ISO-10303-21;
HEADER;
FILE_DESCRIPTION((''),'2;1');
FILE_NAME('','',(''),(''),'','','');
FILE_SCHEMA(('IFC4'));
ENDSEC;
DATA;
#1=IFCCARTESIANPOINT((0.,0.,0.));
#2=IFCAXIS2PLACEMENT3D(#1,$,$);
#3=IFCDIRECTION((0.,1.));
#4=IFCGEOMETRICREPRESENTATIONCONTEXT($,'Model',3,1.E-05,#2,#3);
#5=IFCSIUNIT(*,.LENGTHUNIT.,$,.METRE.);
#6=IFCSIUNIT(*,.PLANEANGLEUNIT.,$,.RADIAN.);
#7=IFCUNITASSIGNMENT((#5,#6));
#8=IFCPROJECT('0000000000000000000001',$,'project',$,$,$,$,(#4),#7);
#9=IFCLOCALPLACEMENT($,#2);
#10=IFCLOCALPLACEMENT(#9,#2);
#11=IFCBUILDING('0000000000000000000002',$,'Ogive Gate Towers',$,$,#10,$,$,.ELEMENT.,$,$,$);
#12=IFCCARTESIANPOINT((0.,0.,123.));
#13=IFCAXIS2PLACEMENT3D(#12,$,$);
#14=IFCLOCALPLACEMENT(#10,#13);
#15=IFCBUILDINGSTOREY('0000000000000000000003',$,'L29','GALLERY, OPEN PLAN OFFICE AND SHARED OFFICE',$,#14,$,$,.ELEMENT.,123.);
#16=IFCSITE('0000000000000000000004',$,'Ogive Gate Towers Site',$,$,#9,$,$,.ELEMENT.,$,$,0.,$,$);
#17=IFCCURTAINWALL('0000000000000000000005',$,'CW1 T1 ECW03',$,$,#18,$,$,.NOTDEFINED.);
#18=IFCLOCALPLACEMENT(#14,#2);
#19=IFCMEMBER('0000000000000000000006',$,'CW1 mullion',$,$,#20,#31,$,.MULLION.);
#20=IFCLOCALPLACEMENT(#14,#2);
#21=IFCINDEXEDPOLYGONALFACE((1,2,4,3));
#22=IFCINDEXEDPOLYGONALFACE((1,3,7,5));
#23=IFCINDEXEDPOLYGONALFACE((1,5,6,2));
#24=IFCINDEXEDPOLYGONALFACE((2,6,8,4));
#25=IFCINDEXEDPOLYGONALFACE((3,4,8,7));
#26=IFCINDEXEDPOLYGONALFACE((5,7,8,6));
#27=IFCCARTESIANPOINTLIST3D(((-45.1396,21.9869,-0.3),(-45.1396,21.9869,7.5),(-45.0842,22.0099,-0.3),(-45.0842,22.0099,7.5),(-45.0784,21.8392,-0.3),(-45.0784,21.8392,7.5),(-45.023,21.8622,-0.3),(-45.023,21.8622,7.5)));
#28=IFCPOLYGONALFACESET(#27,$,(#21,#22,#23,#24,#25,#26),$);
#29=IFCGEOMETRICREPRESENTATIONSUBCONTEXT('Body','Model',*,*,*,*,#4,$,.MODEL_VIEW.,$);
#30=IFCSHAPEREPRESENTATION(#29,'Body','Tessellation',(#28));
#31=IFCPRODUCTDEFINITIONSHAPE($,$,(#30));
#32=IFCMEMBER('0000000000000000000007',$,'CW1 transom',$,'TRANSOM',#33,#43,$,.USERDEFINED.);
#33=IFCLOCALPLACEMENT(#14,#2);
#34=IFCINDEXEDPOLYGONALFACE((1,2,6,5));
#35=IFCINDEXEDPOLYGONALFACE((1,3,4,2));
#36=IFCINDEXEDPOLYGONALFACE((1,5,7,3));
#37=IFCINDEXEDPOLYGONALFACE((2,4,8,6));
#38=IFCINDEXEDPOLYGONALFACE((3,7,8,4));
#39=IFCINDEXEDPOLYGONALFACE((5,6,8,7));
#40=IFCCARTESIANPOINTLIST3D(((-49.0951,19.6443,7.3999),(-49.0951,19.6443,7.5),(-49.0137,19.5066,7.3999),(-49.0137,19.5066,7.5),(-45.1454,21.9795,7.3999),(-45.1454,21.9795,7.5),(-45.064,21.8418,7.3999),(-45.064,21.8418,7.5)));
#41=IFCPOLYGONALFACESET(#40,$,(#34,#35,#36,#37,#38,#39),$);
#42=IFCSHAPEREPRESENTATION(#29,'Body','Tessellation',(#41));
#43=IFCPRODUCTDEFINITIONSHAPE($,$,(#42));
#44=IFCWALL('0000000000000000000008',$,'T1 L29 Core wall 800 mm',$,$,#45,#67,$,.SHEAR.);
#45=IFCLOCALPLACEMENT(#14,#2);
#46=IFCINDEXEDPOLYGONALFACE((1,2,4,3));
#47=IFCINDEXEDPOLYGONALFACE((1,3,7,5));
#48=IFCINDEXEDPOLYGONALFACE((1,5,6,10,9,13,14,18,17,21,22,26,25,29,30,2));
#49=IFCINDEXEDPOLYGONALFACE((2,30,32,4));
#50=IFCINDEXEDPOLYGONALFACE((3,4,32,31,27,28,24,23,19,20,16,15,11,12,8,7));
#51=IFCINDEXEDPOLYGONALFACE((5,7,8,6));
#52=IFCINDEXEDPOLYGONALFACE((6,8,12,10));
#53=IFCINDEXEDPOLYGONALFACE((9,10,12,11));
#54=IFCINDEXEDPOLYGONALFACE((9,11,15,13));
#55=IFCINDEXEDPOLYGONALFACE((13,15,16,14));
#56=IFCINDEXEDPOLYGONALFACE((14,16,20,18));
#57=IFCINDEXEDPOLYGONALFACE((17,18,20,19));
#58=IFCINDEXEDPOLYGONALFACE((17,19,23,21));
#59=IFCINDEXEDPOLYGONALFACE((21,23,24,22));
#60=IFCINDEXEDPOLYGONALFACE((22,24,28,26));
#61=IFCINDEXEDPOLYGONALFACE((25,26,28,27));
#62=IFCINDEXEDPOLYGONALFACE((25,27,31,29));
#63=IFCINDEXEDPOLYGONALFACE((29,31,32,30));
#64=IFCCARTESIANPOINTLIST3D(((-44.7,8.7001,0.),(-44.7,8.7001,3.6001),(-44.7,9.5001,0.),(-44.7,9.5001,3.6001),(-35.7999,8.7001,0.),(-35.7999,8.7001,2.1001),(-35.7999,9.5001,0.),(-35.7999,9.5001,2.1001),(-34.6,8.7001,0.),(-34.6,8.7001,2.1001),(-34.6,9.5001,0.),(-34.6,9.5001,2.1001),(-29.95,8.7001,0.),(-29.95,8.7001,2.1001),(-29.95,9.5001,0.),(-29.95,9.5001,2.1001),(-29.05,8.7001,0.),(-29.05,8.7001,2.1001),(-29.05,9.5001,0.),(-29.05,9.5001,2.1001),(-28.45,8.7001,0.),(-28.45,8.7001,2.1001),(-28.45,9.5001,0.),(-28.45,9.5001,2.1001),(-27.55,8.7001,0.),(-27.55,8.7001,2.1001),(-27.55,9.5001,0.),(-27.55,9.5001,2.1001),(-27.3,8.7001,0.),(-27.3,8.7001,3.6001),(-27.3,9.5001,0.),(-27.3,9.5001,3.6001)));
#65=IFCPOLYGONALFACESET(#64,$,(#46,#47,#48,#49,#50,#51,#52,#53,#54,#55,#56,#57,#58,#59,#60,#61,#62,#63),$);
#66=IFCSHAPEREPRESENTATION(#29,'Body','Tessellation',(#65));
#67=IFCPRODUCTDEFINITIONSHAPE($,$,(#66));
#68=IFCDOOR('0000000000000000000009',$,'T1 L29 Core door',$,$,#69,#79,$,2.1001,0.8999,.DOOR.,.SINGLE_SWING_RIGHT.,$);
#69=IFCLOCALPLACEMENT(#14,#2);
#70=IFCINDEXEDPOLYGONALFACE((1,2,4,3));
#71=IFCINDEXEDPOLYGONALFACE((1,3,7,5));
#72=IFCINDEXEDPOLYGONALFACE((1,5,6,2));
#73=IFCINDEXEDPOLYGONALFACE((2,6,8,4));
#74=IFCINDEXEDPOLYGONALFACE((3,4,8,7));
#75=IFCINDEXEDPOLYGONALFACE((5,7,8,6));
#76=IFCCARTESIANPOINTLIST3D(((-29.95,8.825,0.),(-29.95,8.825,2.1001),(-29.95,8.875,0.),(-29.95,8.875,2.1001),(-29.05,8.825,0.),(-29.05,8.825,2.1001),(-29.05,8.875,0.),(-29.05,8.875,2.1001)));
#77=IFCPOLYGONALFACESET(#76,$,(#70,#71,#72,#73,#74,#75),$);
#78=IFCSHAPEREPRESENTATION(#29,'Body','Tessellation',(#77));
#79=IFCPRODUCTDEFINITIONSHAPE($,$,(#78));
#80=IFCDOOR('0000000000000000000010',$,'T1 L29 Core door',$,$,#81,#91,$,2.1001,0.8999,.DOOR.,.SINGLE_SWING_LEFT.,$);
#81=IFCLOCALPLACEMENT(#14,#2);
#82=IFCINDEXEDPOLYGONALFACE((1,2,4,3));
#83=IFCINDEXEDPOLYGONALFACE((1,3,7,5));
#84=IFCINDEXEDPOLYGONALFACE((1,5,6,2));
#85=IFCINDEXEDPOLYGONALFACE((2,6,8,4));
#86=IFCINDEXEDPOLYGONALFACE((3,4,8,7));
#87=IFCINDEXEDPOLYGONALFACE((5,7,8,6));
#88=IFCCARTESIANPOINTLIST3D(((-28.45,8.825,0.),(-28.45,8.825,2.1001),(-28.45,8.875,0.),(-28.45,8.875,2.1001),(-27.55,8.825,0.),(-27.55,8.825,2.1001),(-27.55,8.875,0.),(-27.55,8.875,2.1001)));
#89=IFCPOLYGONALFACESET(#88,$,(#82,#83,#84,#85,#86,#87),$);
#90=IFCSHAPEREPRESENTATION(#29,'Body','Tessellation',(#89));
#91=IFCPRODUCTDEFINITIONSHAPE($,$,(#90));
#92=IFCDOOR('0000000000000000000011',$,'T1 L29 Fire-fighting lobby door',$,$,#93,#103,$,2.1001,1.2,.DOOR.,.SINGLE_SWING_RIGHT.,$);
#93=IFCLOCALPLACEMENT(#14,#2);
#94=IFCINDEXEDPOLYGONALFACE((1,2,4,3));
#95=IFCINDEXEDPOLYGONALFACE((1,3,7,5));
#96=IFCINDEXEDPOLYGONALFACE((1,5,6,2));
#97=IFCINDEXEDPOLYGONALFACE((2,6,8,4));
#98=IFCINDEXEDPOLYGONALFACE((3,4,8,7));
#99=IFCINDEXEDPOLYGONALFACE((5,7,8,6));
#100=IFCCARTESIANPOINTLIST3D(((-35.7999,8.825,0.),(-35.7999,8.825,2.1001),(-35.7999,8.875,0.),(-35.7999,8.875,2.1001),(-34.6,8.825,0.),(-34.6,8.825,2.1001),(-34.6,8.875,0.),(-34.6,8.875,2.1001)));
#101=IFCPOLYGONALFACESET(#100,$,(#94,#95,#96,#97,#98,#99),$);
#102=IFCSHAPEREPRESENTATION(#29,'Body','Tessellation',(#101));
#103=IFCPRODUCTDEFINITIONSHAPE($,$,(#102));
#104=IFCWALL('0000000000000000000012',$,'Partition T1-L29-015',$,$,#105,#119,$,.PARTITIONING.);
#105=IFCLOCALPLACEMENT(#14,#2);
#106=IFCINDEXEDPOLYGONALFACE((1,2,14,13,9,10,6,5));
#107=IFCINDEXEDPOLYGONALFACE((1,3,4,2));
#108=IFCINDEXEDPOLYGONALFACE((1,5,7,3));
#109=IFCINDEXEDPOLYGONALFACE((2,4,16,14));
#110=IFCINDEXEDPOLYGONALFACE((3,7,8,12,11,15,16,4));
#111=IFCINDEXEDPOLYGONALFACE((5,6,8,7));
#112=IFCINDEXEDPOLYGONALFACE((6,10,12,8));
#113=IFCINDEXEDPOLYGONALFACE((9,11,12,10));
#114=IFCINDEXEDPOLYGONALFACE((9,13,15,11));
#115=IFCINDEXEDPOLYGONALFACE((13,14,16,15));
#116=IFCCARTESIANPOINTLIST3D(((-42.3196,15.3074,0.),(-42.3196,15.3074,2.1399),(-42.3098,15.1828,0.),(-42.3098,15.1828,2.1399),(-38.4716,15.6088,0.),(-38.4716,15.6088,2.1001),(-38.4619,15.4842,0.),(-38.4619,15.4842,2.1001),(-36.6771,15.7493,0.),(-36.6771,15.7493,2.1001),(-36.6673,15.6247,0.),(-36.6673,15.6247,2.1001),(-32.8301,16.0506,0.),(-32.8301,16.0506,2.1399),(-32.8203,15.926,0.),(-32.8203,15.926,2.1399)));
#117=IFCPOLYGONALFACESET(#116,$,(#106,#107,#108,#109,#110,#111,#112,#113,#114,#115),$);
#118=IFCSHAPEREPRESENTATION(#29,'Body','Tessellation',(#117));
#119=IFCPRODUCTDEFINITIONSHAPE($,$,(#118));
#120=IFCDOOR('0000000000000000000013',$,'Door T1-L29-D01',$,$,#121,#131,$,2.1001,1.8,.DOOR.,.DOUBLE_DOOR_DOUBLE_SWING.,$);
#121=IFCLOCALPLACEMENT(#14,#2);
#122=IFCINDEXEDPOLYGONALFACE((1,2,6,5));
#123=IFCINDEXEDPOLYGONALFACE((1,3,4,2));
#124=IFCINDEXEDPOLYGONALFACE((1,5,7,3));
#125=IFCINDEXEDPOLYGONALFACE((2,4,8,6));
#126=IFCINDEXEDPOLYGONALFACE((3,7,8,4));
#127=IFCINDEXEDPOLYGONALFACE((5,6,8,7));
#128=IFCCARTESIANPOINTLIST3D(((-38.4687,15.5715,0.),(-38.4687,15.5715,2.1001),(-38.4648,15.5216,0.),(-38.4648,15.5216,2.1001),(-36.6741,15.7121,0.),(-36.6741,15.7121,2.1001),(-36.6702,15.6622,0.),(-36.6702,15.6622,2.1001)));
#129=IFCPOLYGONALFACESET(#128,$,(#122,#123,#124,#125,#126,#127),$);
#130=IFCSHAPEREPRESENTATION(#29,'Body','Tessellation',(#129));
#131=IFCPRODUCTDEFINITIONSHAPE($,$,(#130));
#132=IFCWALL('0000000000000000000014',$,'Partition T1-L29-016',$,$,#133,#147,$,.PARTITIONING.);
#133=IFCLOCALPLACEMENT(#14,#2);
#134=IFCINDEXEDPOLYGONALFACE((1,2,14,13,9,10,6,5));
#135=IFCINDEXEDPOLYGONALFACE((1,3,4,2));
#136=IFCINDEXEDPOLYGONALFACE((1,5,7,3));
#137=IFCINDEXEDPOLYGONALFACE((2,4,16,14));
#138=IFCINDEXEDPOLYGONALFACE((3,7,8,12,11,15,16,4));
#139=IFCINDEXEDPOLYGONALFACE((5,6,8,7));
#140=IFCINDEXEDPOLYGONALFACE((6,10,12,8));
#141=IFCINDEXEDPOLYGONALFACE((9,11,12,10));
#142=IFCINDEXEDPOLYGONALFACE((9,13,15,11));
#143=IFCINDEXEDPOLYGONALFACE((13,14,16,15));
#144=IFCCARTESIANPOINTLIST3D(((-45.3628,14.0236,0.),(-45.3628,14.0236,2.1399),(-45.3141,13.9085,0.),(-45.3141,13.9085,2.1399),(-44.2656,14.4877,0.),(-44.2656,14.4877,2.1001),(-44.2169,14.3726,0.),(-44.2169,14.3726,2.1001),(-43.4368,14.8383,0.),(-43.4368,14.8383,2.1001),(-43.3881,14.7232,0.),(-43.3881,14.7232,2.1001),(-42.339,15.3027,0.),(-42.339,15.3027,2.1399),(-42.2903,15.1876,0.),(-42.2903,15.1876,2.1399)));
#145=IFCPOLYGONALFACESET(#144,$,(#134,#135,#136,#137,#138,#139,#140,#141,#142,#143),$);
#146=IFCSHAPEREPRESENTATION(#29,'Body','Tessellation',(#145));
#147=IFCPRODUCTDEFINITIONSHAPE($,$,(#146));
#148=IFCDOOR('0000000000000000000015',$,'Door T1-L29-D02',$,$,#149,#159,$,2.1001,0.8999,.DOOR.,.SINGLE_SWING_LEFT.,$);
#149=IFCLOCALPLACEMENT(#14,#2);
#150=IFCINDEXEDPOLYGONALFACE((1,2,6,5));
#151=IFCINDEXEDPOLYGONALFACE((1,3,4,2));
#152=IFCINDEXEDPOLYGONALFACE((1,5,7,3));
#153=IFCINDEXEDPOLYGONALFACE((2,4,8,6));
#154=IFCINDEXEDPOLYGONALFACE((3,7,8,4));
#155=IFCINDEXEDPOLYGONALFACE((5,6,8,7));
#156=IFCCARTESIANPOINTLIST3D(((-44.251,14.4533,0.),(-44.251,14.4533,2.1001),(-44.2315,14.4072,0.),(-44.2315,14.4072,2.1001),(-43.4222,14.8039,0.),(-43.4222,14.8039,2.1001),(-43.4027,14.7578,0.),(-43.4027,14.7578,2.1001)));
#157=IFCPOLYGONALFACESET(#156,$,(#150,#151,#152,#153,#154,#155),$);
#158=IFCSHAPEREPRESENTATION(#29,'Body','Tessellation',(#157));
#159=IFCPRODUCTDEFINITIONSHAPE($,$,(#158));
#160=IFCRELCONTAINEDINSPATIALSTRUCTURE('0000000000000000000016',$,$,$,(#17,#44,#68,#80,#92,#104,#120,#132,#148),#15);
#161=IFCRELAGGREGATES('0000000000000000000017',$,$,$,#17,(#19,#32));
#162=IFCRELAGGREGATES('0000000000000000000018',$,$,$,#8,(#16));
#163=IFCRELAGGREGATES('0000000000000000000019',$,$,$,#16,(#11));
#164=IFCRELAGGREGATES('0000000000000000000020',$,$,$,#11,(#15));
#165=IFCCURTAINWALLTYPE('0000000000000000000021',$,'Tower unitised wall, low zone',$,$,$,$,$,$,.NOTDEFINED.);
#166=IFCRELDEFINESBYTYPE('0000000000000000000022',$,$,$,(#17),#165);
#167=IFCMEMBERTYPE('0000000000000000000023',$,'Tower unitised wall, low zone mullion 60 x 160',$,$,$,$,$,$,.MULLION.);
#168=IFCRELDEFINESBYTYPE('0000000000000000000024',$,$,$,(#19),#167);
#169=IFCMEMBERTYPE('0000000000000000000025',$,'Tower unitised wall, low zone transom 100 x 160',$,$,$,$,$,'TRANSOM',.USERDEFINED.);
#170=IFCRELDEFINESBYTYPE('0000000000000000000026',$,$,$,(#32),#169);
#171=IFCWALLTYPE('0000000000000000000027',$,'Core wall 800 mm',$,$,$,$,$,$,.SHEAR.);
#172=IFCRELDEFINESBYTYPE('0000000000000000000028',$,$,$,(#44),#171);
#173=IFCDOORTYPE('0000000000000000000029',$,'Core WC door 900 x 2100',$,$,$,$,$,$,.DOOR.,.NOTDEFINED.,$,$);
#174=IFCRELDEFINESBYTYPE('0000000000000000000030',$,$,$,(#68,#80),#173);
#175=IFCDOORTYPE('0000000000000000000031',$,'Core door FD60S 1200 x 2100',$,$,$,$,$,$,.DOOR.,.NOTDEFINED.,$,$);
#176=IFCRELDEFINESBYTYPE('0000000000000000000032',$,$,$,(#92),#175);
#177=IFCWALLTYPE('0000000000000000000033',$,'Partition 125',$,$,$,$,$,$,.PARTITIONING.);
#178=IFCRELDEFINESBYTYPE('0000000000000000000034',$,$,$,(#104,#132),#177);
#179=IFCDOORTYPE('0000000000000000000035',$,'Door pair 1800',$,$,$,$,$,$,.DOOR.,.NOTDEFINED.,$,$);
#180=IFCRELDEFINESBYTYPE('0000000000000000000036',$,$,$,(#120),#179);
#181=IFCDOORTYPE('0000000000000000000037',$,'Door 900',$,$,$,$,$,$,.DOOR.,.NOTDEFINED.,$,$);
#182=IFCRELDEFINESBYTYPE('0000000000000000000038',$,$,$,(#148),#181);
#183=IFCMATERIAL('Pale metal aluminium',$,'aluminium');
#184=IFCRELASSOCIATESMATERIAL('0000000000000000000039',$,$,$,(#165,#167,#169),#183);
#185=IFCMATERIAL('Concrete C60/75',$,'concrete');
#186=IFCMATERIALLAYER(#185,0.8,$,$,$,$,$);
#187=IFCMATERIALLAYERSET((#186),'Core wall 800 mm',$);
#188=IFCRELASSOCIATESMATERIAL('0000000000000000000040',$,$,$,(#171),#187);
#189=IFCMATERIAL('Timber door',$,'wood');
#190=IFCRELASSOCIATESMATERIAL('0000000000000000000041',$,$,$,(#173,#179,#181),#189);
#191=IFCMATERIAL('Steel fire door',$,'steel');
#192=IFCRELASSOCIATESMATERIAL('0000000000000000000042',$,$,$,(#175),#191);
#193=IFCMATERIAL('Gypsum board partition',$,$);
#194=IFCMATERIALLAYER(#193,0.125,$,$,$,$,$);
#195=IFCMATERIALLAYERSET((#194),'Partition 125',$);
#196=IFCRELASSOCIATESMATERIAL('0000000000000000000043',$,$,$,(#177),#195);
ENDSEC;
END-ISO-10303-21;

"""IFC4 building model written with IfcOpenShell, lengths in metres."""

from ifc_helpers import new_model, si_unit, direction, frame, frame_2d, origin, origin_2d, place, context, subcontext, project, spatial, rectangle, extrude, material, layer, layer_set, material_profile, profile_set, type_object, element, fill, aggregate, save


model = new_model("IFC4")

# Units and contexts
model_context = context("Model", 3, precision=1e-05, world=origin(), true_north=direction((0.0, 1.0)))
body_context = subcontext(model_context, "Body", "Model", "MODEL_VIEW")
ifc_project = project(units=[si_unit("LENGTHUNIT", "METRE"), si_unit("PLANEANGLEUNIT", "RADIAN")], contexts=[model_context])

# Site, building, storey
site_placement = place(None, origin())
site = spatial("IfcSite", under=ifc_project, at=site_placement, Name="Ogive Gate Towers Site", CompositionType="ELEMENT", RefElevation=0.0)
building_placement = place(site_placement, origin())
building = spatial("IfcBuilding", under=site, at=building_placement, Name="Ogive Gate Towers", CompositionType="ELEMENT")
storey_placement = place(building_placement, frame((0.0, 0.0, 123.0)))
storey = spatial("IfcBuildingStorey", under=building, at=storey_placement, Name="L29", Description="GALLERY, OPEN PLAN OFFICE AND SHARED OFFICE", CompositionType="ELEMENT", Elevation=123.0)

# Curtain wall, members
ifc_material_1 = material(Name="Pale metal aluminium", Category="aluminium")
curtain_wall_type = type_object("IfcCurtainWallType", Name="Tower unitised wall, low zone", PredefinedType="NOTDEFINED", material=ifc_material_1)
curtain_wall_placement = place(storey_placement, origin())
curtain_wall = element("IfcCurtainWall", 1, at=curtain_wall_placement, inside=storey, type_object=curtain_wall_type, Name="CW1 T1 ECW03", PredefinedType="NOTDEFINED")
ifc_material_profile_1 = material_profile(ifc_material_1, rectangle(XDim=0.1599, YDim=0.0601, at=origin_2d()), Name="60 x 160 aluminium box")
ifc_profile_set_1 = profile_set([ifc_material_profile_1], Name="Pale metal aluminium")
member_type_1 = type_object("IfcMemberType", Name="Tower unitised wall, low zone mullion 60 x 160", PredefinedType="MULLION", material=ifc_profile_set_1)
member_1_placement = place(storey_placement, frame((-45.0813, 21.9246, -0.3), z_axis=(0.0, 0.0, 1.0), x_axis=(-0.382683, 0.92388, 0.0)))
member_1 = element("IfcMember", 2, at=member_1_placement, type_object=member_type_1, Name="CW1 mullion", PredefinedType="MULLION", context=body_context, shape_type="SweptSolid", body=[
    extrude(rectangle(XDim=0.1599, YDim=0.0601, at=origin_2d()), origin(), (0.0, 0.0, 1.0), 7.8),
])
ifc_material_profile_2 = material_profile(ifc_material_1, rectangle(XDim=0.1599, YDim=0.1001, at=origin_2d()), Name="100 x 160 aluminium box")
ifc_profile_set_2 = profile_set([ifc_material_profile_2], Name="Pale metal aluminium")
member_type_2 = type_object("IfcMemberType", Name="Tower unitised wall, low zone transom 100 x 160", ElementType="TRANSOM", PredefinedType="USERDEFINED", material=ifc_profile_set_2)
member_2_placement = place(storey_placement, frame((-45.1047, 21.9106, 7.45), z_axis=(-0.860804, -0.508937, 0.0), x_axis=(0.508937, -0.860804, 0.0)))
member_2 = element("IfcMember", 3, at=member_2_placement, type_object=member_type_2, Name="CW1 transom", ObjectType="TRANSOM", PredefinedType="USERDEFINED", context=body_context, shape_type="SweptSolid", body=[
    extrude(rectangle(XDim=0.1599, YDim=0.1001, at=origin_2d()), origin(), (0.0, 0.0, 1.0), 4.5884),
])
aggregate(curtain_wall, [member_1, member_2])

# Wall, openings, doors
ifc_material_2 = material(Name="Concrete C60/75", Category="concrete")
ifc_layer_1 = layer(ifc_material_2, 0.8)
ifc_layer_set_1 = layer_set([ifc_layer_1], Name="Core wall 800 mm")
wall_type_1 = type_object("IfcWallType", Name="Core wall 800 mm", PredefinedType="SHEAR", material=ifc_layer_set_1)
wall_1_placement = place(storey_placement, frame((-44.7, 9.1001, 0.0), z_axis=(0.0, 0.0, 1.0), x_axis=(1.0, 0.0, 0.0)))
wall_1 = element("IfcWall", 4, at=wall_1_placement, inside=storey, type_object=wall_type_1, Name="T1 L29 Core wall 800 mm", PredefinedType="SHEAR", context=body_context, shape_type="SweptSolid", body=[
    extrude(rectangle(XDim=17.3999, YDim=0.8, at=frame_2d((8.7, 0.0))), origin(), (0.0, 0.0, 1.0), 3.6001),
])
opening_1_placement = place(wall_1_placement, frame((8.8999, 0.0, 0.0)))
opening_1 = element("IfcOpeningElement", 5, at=opening_1_placement, cuts=wall_1, PredefinedType="OPENING", context=body_context, shape_type="SweptSolid", body=[
    extrude(rectangle(XDim=1.2, YDim=2.1001, at=frame_2d((0.6001, 1.05))), frame((0.0, 0.4102, 0.0), z_axis=(0.0, -1.0, 0.0), x_axis=(1.0, 0.0, 0.0)), (0.0, 0.0, 1.0), 0.8201),
])
opening_2_placement = place(wall_1_placement, frame((14.75, 0.0, 0.0)))
opening_2 = element("IfcOpeningElement", 6, at=opening_2_placement, cuts=wall_1, PredefinedType="OPENING", context=body_context, shape_type="SweptSolid", body=[
    extrude(rectangle(XDim=0.8999, YDim=2.1001, at=frame_2d((0.45, 1.05))), frame((0.0, 0.4102, 0.0), z_axis=(0.0, -1.0, 0.0), x_axis=(1.0, 0.0, 0.0)), (0.0, 0.0, 1.0), 0.8201),
])
opening_3_placement = place(wall_1_placement, frame((16.25, 0.0, 0.0)))
opening_3 = element("IfcOpeningElement", 7, at=opening_3_placement, cuts=wall_1, PredefinedType="OPENING", context=body_context, shape_type="SweptSolid", body=[
    extrude(rectangle(XDim=0.8999, YDim=2.1001, at=frame_2d((0.45, 1.05))), frame((0.0, 0.4102, 0.0), z_axis=(0.0, -1.0, 0.0), x_axis=(1.0, 0.0, 0.0)), (0.0, 0.0, 1.0), 0.8201),
])
ifc_material_3 = material(Name="Timber door", Category="wood")
door_type_1 = type_object("IfcDoorType", Name="Core WC door 900 x 2100", OperationType="NOTDEFINED", PredefinedType="DOOR", material=ifc_material_3)
door_1_placement = place(opening_2_placement, origin())
door_1 = element("IfcDoor", 8, at=door_1_placement, inside=storey, type_object=door_type_1, Name="T1 L29 Core door", OperationType="SINGLE_SWING_RIGHT", OverallHeight=2.1001, OverallWidth=0.8999, PredefinedType="DOOR", context=body_context, shape_type="SweptSolid", body=[
    extrude(rectangle(XDim=0.8999, YDim=2.1001, at=frame_2d((0.45, 1.05))), frame((0.0, -0.2251, 0.0), z_axis=(0.0, -1.0, 0.0), x_axis=(1.0, 0.0, 0.0)), (0.0, 0.0, 1.0), 0.05),
])
fill(opening_2, door_1)
door_2_placement = place(opening_3_placement, origin())
door_2 = element("IfcDoor", 9, at=door_2_placement, inside=storey, type_object=door_type_1, Name="T1 L29 Core door", OperationType="SINGLE_SWING_LEFT", OverallHeight=2.1001, OverallWidth=0.8999, PredefinedType="DOOR", context=body_context, shape_type="SweptSolid", body=[
    extrude(rectangle(XDim=0.8999, YDim=2.1001, at=frame_2d((0.45, 1.05))), frame((0.0, -0.2251, 0.0), z_axis=(0.0, -1.0, 0.0), x_axis=(1.0, 0.0, 0.0)), (0.0, 0.0, 1.0), 0.05),
])
fill(opening_3, door_2)
ifc_material_4 = material(Name="Steel fire door", Category="steel")
door_type_2 = type_object("IfcDoorType", Name="Core door FD60S 1200 x 2100", OperationType="NOTDEFINED", PredefinedType="DOOR", material=ifc_material_4)
door_3_placement = place(opening_1_placement, origin())
door_3 = element("IfcDoor", 10, at=door_3_placement, inside=storey, type_object=door_type_2, Name="T1 L29 Fire-fighting lobby door", OperationType="SINGLE_SWING_RIGHT", OverallHeight=2.1001, OverallWidth=1.2, PredefinedType="DOOR", context=body_context, shape_type="SweptSolid", body=[
    extrude(rectangle(XDim=1.2, YDim=2.1001, at=frame_2d((0.6001, 1.05))), frame((0.0, -0.2251, 0.0), z_axis=(0.0, -1.0, 0.0), x_axis=(1.0, 0.0, 0.0)), (0.0, 0.0, 1.0), 0.05),
])
fill(opening_1, door_3)

# Walls, openings, doors
ifc_material_5 = material(Name="Gypsum board partition")
ifc_layer_2 = layer(ifc_material_5, 0.125)
ifc_layer_set_2 = layer_set([ifc_layer_2], Name="Partition 125")
wall_type_2 = type_object("IfcWallType", Name="Partition 125", PredefinedType="PARTITIONING", material=ifc_layer_set_2)
wall_2_placement = place(storey_placement, frame((-32.8252, 15.9883, 0.0), z_axis=(0.0, 0.0, 1.0), x_axis=(-0.996947, -0.078075, 0.0)))
wall_2 = element("IfcWall", 11, at=wall_2_placement, inside=storey, type_object=wall_type_2, Name="Partition T1-L29-015", PredefinedType="PARTITIONING", context=body_context, shape_type="SweptSolid", body=[
    extrude(rectangle(XDim=9.5186, YDim=0.125, at=frame_2d((4.7593, 0.0))), origin(), (0.0, 0.0, 1.0), 2.1399),
])
opening_4_placement = place(wall_2_placement, frame((3.8589, 0.0, 0.0)))
opening_4 = element("IfcOpeningElement", 12, at=opening_4_placement, cuts=wall_2, PredefinedType="OPENING", context=body_context, shape_type="SweptSolid", body=[
    extrude(rectangle(XDim=1.8, YDim=2.1001, at=frame_2d((0.8999, 1.05))), frame((0.0, 0.0725, 0.0), z_axis=(0.0, -1.0, 0.0), x_axis=(1.0, 0.0, 0.0)), (0.0, 0.0, 1.0), 0.145),
])
door_type_3 = type_object("IfcDoorType", Name="Door pair 1800", OperationType="NOTDEFINED", PredefinedType="DOOR", material=ifc_material_3)
door_4_placement = place(opening_4_placement, origin())
door_4 = element("IfcDoor", 13, at=door_4_placement, inside=storey, type_object=door_type_3, Name="Door T1-L29-D01", OperationType="DOUBLE_DOOR_DOUBLE_SWING", OverallHeight=2.1001, OverallWidth=1.8, PredefinedType="DOOR", context=body_context, shape_type="SweptSolid", body=[
    extrude(rectangle(XDim=1.8, YDim=2.1001, at=frame_2d((0.8999, 1.05))), frame((0.0, 0.0249, 0.0), z_axis=(0.0, -1.0, 0.0), x_axis=(1.0, 0.0, 0.0)), (0.0, 0.0, 1.0), 0.05),
])
fill(opening_4, door_4)
wall_3_placement = place(storey_placement, frame((-42.3147, 15.2451, 0.0), z_axis=(0.0, 0.0, 1.0), x_axis=(-0.920989, -0.389589, 0.0)))
wall_3 = element("IfcWall", 14, at=wall_3_placement, inside=storey, type_object=wall_type_2, Name="Partition T1-L29-016", PredefinedType="PARTITIONING", context=body_context, shape_type="SweptSolid", body=[
    extrude(rectangle(XDim=3.2832, YDim=0.125, at=frame_2d((1.6416, 0.0))), origin(), (0.0, 0.0, 1.0), 2.1399),
])
opening_5_placement = place(wall_3_placement, frame((1.1919, 0.0, 0.0)))
opening_5 = element("IfcOpeningElement", 15, at=opening_5_placement, cuts=wall_3, PredefinedType="OPENING", context=body_context, shape_type="SweptSolid", body=[
    extrude(rectangle(XDim=0.8999, YDim=2.1001, at=frame_2d((0.45, 1.05))), frame((0.0, 0.0725, 0.0), z_axis=(0.0, -1.0, 0.0), x_axis=(1.0, 0.0, 0.0)), (0.0, 0.0, 1.0), 0.145),
])
door_type_4 = type_object("IfcDoorType", Name="Door 900", OperationType="NOTDEFINED", PredefinedType="DOOR", material=ifc_material_3)
door_5_placement = place(opening_5_placement, origin())
door_5 = element("IfcDoor", 16, at=door_5_placement, inside=storey, type_object=door_type_4, Name="Door T1-L29-D02", OperationType="SINGLE_SWING_LEFT", OverallHeight=2.1001, OverallWidth=0.8999, PredefinedType="DOOR", context=body_context, shape_type="SweptSolid", body=[
    extrude(rectangle(XDim=0.8999, YDim=2.1001, at=frame_2d((0.45, 1.05))), frame((0.0, 0.0249, 0.0), z_axis=(0.0, -1.0, 0.0), x_axis=(1.0, 0.0, 0.0)), (0.0, 0.0, 1.0), 0.05),
])
fill(opening_5, door_5)

save(model, "model.ifc")
